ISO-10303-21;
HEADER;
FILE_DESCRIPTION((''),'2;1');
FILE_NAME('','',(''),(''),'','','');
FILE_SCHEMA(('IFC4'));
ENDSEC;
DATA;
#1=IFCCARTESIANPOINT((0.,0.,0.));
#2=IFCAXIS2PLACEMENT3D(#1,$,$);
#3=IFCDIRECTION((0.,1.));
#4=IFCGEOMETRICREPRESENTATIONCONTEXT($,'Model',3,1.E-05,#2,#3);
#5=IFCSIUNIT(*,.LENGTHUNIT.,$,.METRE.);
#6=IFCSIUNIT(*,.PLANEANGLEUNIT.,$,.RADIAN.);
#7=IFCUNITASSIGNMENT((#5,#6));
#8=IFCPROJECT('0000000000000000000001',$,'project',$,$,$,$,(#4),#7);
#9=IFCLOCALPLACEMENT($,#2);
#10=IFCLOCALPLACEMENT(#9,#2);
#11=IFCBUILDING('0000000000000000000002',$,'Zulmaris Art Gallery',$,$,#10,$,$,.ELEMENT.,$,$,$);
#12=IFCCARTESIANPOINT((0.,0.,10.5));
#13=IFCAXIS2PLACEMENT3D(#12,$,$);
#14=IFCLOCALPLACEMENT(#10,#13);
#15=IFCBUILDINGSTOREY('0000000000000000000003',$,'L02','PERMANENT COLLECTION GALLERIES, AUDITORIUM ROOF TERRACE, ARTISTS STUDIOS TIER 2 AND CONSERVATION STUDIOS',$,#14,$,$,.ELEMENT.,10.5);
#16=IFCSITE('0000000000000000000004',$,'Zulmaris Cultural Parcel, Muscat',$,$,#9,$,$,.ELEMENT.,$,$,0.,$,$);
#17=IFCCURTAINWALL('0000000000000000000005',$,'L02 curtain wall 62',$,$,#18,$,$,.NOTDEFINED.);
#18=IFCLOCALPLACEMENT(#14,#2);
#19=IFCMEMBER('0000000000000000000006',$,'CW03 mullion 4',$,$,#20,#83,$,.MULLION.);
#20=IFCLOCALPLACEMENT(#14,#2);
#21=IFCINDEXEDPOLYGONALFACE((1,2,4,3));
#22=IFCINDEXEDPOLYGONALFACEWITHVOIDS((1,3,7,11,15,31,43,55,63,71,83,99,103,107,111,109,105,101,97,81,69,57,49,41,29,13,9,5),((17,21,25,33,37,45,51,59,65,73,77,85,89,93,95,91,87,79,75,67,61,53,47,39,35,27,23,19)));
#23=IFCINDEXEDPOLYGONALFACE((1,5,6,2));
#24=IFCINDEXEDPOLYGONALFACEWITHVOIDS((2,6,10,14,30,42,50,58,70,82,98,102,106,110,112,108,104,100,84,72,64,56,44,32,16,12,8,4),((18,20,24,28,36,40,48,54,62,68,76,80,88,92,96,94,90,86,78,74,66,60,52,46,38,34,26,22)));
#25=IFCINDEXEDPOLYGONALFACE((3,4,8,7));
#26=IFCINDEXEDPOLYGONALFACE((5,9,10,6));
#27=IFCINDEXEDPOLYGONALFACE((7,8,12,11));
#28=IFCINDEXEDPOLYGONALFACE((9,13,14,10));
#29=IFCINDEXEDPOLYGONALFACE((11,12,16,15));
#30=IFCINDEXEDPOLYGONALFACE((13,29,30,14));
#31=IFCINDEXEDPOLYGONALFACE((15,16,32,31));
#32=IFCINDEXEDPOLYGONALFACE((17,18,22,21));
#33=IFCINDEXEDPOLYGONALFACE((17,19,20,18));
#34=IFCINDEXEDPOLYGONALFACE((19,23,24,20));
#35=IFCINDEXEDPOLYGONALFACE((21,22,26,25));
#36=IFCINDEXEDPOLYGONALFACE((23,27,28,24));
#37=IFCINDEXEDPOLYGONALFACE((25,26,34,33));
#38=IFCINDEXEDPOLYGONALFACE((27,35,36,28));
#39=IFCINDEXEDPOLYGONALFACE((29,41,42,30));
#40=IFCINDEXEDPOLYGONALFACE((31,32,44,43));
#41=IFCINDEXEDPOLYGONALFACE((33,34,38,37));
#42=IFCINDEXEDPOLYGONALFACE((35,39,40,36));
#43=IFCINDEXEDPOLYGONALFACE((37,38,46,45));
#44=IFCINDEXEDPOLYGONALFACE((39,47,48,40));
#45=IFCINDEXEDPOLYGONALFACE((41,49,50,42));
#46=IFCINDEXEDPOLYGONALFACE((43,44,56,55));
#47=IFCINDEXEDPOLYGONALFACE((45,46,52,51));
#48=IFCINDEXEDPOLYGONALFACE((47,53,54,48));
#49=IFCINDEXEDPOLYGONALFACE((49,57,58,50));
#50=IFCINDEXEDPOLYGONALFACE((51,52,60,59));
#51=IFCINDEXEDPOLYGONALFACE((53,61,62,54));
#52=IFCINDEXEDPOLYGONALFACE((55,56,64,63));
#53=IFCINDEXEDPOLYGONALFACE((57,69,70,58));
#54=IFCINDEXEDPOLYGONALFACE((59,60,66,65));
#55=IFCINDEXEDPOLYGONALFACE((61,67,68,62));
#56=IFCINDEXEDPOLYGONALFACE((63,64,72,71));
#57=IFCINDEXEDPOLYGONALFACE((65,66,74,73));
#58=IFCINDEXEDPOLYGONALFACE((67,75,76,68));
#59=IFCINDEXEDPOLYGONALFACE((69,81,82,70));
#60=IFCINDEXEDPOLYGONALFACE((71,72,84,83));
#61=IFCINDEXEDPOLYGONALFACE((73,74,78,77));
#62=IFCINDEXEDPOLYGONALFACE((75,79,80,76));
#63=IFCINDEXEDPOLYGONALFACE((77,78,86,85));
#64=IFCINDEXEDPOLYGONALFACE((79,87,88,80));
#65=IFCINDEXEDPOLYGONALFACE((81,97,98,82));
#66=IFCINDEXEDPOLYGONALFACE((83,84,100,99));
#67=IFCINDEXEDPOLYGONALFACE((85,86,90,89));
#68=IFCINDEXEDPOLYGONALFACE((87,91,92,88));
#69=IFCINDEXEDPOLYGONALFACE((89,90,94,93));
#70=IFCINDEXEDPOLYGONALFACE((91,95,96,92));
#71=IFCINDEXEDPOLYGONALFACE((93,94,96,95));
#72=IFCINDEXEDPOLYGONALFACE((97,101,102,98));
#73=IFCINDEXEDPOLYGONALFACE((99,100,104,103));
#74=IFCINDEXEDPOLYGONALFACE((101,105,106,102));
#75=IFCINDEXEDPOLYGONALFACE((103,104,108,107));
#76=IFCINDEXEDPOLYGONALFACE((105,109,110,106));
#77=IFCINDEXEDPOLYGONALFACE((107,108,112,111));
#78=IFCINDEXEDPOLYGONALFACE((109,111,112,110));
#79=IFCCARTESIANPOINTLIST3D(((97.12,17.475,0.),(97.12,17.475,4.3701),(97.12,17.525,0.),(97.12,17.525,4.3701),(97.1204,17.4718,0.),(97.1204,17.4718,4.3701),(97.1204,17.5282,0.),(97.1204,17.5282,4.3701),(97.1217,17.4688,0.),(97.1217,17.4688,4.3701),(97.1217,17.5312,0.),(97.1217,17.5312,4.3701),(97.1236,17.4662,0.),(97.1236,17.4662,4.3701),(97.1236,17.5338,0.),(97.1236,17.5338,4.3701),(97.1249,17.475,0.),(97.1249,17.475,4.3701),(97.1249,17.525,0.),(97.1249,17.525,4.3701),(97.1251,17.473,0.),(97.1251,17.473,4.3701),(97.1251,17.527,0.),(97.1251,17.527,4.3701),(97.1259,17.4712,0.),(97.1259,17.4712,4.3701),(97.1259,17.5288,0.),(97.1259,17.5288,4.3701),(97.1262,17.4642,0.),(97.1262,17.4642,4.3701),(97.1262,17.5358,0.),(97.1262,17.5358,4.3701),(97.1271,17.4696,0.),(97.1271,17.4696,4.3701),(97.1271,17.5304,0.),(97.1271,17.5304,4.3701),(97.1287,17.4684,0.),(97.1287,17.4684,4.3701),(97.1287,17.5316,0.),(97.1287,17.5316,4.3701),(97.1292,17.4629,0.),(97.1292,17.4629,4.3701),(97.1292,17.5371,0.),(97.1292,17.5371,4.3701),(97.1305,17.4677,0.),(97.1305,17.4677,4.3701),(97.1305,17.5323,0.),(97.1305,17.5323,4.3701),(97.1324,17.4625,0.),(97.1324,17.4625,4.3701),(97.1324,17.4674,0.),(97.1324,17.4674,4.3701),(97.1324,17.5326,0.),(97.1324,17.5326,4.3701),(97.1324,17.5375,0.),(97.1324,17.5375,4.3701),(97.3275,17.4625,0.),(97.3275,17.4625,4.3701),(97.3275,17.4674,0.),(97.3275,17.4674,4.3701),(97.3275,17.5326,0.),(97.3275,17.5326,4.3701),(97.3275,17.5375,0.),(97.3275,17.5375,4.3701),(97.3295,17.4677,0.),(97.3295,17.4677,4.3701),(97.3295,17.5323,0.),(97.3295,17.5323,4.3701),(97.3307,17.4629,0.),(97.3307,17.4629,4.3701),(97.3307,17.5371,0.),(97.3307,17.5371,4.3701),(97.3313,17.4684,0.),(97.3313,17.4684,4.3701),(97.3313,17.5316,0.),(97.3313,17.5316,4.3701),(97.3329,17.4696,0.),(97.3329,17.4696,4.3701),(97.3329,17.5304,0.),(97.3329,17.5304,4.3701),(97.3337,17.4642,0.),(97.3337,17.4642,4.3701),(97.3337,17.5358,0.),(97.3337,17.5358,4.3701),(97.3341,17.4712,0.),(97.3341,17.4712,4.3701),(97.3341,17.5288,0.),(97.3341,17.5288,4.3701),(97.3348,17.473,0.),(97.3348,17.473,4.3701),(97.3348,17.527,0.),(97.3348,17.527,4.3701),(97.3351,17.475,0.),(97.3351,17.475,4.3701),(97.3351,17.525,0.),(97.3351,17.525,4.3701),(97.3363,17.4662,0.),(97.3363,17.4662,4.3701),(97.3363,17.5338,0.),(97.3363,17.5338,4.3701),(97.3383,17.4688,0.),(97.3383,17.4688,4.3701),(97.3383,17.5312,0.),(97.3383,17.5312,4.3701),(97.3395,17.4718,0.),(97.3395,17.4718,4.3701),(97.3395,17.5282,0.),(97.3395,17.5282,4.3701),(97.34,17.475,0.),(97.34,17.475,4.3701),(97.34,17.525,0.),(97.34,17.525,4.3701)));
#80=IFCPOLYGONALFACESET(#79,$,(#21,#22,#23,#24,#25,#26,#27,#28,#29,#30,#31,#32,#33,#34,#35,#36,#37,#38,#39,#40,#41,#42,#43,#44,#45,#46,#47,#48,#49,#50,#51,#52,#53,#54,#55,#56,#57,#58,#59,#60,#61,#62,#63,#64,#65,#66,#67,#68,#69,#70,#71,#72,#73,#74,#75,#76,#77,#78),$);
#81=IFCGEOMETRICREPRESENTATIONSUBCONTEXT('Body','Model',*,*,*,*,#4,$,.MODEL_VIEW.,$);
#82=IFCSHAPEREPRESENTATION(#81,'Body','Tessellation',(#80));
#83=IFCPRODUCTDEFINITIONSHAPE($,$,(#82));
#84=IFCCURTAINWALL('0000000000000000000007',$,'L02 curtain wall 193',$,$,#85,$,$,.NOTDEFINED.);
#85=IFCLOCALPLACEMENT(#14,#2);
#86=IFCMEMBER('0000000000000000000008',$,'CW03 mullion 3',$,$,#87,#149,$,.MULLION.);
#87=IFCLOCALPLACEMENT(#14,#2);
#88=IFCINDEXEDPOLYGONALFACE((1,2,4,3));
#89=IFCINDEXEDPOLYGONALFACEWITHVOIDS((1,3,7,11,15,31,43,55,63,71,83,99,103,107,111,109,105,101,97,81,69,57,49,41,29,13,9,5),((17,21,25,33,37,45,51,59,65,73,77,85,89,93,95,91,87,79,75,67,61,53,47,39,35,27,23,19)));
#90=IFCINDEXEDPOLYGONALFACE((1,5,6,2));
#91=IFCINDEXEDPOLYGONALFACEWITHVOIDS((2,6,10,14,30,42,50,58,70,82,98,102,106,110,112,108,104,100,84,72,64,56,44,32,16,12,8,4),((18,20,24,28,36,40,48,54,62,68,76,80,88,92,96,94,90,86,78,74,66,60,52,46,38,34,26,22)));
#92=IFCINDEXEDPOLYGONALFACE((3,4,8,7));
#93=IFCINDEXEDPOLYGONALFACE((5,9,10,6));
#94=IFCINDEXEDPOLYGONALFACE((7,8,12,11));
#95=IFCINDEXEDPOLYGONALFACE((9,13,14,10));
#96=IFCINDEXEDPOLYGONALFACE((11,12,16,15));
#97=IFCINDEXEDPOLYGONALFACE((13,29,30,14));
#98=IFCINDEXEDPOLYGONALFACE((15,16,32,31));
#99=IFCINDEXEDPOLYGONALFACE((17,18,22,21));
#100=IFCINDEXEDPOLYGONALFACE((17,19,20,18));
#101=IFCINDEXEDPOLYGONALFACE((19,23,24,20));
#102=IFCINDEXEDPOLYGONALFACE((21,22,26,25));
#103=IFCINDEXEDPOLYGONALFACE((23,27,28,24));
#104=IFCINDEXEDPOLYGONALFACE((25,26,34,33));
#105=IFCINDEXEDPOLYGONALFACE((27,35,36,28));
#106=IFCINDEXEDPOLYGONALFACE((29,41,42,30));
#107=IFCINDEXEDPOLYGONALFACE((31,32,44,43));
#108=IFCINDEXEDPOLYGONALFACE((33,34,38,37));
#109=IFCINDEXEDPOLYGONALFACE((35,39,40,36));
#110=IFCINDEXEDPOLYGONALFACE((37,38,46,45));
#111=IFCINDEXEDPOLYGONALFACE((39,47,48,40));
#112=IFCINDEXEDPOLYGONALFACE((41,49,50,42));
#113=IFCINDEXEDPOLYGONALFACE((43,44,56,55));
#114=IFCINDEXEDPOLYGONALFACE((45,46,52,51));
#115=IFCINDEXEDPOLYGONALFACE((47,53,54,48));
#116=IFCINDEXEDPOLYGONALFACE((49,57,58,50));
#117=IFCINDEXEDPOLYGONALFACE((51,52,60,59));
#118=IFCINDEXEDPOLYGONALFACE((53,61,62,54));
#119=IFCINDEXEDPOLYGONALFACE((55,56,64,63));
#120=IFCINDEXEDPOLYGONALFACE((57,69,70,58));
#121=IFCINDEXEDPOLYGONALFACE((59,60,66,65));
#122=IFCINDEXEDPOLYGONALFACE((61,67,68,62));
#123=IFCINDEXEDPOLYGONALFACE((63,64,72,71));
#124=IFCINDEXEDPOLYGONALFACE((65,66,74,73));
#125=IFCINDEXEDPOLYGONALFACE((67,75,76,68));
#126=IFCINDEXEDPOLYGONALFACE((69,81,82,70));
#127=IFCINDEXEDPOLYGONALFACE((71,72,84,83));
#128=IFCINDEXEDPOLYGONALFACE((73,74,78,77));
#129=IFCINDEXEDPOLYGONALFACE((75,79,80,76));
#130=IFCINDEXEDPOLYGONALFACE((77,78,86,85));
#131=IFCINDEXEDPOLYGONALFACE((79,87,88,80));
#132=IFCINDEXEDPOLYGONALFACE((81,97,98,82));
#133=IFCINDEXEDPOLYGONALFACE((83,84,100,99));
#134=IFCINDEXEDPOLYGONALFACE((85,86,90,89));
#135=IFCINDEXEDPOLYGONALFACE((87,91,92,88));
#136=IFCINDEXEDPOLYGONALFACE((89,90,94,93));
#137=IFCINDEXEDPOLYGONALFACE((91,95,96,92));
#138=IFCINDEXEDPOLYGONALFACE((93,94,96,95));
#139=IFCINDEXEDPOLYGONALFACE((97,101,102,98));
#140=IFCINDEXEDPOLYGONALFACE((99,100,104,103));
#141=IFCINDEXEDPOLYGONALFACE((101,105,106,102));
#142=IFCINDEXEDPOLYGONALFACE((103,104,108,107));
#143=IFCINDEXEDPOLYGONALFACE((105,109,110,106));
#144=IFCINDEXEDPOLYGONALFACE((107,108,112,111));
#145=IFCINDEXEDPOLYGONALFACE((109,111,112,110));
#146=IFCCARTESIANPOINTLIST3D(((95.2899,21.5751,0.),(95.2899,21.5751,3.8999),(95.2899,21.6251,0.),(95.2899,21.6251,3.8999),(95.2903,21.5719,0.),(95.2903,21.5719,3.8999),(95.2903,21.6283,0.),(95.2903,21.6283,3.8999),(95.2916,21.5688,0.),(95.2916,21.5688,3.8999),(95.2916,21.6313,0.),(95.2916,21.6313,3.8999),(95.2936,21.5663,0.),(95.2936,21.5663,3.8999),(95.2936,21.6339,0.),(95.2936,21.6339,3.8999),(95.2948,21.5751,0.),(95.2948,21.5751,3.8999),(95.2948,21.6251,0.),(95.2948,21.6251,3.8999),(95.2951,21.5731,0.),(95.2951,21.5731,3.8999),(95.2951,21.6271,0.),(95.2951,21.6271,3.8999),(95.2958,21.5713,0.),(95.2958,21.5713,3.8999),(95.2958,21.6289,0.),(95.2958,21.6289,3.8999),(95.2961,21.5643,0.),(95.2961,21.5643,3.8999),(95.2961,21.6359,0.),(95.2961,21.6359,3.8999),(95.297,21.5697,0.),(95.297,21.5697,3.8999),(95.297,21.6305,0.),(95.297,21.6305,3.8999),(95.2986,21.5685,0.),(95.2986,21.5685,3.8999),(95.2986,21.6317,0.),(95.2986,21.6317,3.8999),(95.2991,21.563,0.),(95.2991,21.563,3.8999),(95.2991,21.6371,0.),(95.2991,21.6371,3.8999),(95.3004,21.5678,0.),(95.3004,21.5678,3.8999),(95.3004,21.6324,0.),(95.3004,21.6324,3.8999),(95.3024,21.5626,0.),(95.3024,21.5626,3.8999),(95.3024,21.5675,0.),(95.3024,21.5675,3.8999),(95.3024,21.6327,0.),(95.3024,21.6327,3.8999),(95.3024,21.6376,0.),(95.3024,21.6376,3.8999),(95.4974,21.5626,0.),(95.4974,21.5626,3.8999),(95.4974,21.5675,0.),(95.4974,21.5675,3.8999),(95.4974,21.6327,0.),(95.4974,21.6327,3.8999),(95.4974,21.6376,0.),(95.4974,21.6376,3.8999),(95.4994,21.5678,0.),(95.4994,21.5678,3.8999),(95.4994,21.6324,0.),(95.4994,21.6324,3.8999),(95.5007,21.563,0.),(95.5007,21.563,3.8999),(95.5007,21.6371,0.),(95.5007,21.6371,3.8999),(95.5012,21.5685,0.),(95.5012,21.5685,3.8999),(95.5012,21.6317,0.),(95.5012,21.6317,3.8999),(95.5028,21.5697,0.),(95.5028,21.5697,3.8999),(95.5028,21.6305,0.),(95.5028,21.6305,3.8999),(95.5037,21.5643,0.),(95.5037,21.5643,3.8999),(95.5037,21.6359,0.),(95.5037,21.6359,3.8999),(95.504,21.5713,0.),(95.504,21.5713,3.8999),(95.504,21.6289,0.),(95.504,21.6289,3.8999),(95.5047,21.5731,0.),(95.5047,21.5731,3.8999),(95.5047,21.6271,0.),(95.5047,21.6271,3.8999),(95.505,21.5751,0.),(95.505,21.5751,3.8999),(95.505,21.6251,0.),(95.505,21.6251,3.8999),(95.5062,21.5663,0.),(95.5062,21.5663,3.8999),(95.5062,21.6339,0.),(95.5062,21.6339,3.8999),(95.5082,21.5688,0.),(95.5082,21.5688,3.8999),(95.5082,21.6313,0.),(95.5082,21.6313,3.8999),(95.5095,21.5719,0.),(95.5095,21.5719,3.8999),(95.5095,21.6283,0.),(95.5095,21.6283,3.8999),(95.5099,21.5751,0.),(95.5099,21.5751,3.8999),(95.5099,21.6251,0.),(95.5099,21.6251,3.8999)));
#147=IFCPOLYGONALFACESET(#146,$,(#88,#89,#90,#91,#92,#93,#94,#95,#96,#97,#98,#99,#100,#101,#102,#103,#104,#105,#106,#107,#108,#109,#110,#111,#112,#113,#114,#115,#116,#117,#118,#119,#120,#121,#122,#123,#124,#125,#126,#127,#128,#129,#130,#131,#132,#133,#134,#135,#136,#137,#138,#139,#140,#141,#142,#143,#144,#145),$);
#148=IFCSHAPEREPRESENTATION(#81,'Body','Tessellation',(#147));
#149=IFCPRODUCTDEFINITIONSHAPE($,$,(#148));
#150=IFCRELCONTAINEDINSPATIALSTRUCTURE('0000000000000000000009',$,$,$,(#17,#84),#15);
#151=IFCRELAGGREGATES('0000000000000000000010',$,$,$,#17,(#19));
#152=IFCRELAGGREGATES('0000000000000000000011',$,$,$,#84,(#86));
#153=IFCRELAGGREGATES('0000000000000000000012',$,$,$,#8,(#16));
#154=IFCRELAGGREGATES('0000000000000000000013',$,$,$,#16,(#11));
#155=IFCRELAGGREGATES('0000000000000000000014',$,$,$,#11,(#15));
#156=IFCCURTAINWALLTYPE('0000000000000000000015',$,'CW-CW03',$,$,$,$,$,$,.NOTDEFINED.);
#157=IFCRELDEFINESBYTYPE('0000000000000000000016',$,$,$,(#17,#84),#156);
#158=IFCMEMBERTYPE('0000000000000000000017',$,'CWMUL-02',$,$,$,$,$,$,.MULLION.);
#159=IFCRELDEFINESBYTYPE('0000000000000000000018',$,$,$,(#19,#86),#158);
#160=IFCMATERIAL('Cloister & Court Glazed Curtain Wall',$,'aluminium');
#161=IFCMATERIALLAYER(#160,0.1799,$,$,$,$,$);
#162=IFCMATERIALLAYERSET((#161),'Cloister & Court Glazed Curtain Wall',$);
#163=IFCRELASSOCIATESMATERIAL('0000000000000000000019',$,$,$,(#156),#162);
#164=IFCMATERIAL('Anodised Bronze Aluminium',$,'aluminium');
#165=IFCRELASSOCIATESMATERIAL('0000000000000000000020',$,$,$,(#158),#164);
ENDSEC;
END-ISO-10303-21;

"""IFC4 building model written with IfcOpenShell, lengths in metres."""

from ifc_helpers import new_model, si_unit, direction, frame, origin, origin_2d, place, context, subcontext, project, spatial, hollow_rectangle, extrude, material, layer, layer_set, material_profile, profile_set, type_object, element, aggregate, save


model = new_model("IFC4")

# Units and contexts
model_context = context("Model", 3, precision=1e-05, world=origin(), true_north=direction((0.0, 1.0)))
body_context = subcontext(model_context, "Body", "Model", "MODEL_VIEW")
ifc_project = project(units=[si_unit("LENGTHUNIT", "METRE"), si_unit("PLANEANGLEUNIT", "RADIAN")], contexts=[model_context])

# Site, building, storey
site_placement = place(None, origin())
site = spatial("IfcSite", under=ifc_project, at=site_placement, Name="Zulmaris Cultural Parcel, Muscat", CompositionType="ELEMENT", RefElevation=0.0)
building_placement = place(site_placement, origin())
building = spatial("IfcBuilding", under=site, at=building_placement, Name="Zulmaris Art Gallery", CompositionType="ELEMENT")
storey_placement = place(building_placement, frame((0.0, 0.0, 10.5)))
storey = spatial("IfcBuildingStorey", under=building, at=storey_placement, Name="L02", Description="PERMANENT COLLECTION GALLERIES, AUDITORIUM ROOF TERRACE, ARTISTS STUDIOS TIER 2 AND CONSERVATION STUDIOS", CompositionType="ELEMENT", Elevation=10.5)

# Curtain walls, members
ifc_material_1 = material(Name="Cloister & Court Glazed Curtain Wall", Category="aluminium")
ifc_layer_1 = layer(ifc_material_1, 0.1799)
ifc_layer_set_1 = layer_set([ifc_layer_1], Name="Cloister & Court Glazed Curtain Wall")
curtain_wall_type = type_object("IfcCurtainWallType", Name="CW-CW03", PredefinedType="NOTDEFINED", material=ifc_layer_set_1)
curtain_wall_1_placement = place(storey_placement, origin())
curtain_wall_1 = element("IfcCurtainWall", 1, at=curtain_wall_1_placement, inside=storey, type_object=curtain_wall_type, Name="L02 curtain wall 62", PredefinedType="NOTDEFINED")
ifc_material_2 = material(Name="Anodised Bronze Aluminium", Category="aluminium")
ifc_material_profile_1 = material_profile(ifc_material_2, hollow_rectangle(XDim=0.075, YDim=0.22, WallThickness=0.0049, InnerFilletRadius=0.0076, OuterFilletRadius=0.0125, at=origin_2d()), Name="ALU 75x220x5")
ifc_profile_set_1 = profile_set([ifc_material_profile_1], Name="Anodised Bronze Aluminium")
member_type_1 = type_object("IfcMemberType", Name="CWMUL-02", PredefinedType="MULLION", material=ifc_profile_set_1)
member_1_placement = place(storey_placement, frame((97.23, 17.5, 0.0), z_axis=(0.0, 0.0, 1.0), x_axis=(0.0, 1.0, 0.0)))
member_1 = element("IfcMember", 2, at=member_1_placement, type_object=member_type_1, Name="CW03 mullion 4", PredefinedType="MULLION", context=body_context, shape_type="SweptSolid", body=[
    extrude(hollow_rectangle(XDim=0.075, YDim=0.22, WallThickness=0.0049, InnerFilletRadius=0.0076, OuterFilletRadius=0.0125, at=origin_2d()), origin(), (0.0, 0.0, 1.0), 4.3701),
])
curtain_wall_2_placement = place(storey_placement, origin())
curtain_wall_2 = element("IfcCurtainWall", 3, at=curtain_wall_2_placement, inside=storey, type_object=curtain_wall_type, Name="L02 curtain wall 193", PredefinedType="NOTDEFINED")
member_2_placement = place(storey_placement, frame((95.3999, 21.6001, 0.0), z_axis=(0.0, 0.0, 1.0), x_axis=(0.0, 1.0, 0.0)))
member_2 = element("IfcMember", 4, at=member_2_placement, type_object=member_type_1, Name="CW03 mullion 3", PredefinedType="MULLION", context=body_context, shape_type="SweptSolid", body=[
    extrude(hollow_rectangle(XDim=0.075, YDim=0.22, WallThickness=0.0049, InnerFilletRadius=0.0076, OuterFilletRadius=0.0125, at=origin_2d()), origin(), (0.0, 0.0, 1.0), 3.8999),
])

aggregate(curtain_wall_1, [member_1])
aggregate(curtain_wall_2, [member_2])

save(model, "model.ifc")
